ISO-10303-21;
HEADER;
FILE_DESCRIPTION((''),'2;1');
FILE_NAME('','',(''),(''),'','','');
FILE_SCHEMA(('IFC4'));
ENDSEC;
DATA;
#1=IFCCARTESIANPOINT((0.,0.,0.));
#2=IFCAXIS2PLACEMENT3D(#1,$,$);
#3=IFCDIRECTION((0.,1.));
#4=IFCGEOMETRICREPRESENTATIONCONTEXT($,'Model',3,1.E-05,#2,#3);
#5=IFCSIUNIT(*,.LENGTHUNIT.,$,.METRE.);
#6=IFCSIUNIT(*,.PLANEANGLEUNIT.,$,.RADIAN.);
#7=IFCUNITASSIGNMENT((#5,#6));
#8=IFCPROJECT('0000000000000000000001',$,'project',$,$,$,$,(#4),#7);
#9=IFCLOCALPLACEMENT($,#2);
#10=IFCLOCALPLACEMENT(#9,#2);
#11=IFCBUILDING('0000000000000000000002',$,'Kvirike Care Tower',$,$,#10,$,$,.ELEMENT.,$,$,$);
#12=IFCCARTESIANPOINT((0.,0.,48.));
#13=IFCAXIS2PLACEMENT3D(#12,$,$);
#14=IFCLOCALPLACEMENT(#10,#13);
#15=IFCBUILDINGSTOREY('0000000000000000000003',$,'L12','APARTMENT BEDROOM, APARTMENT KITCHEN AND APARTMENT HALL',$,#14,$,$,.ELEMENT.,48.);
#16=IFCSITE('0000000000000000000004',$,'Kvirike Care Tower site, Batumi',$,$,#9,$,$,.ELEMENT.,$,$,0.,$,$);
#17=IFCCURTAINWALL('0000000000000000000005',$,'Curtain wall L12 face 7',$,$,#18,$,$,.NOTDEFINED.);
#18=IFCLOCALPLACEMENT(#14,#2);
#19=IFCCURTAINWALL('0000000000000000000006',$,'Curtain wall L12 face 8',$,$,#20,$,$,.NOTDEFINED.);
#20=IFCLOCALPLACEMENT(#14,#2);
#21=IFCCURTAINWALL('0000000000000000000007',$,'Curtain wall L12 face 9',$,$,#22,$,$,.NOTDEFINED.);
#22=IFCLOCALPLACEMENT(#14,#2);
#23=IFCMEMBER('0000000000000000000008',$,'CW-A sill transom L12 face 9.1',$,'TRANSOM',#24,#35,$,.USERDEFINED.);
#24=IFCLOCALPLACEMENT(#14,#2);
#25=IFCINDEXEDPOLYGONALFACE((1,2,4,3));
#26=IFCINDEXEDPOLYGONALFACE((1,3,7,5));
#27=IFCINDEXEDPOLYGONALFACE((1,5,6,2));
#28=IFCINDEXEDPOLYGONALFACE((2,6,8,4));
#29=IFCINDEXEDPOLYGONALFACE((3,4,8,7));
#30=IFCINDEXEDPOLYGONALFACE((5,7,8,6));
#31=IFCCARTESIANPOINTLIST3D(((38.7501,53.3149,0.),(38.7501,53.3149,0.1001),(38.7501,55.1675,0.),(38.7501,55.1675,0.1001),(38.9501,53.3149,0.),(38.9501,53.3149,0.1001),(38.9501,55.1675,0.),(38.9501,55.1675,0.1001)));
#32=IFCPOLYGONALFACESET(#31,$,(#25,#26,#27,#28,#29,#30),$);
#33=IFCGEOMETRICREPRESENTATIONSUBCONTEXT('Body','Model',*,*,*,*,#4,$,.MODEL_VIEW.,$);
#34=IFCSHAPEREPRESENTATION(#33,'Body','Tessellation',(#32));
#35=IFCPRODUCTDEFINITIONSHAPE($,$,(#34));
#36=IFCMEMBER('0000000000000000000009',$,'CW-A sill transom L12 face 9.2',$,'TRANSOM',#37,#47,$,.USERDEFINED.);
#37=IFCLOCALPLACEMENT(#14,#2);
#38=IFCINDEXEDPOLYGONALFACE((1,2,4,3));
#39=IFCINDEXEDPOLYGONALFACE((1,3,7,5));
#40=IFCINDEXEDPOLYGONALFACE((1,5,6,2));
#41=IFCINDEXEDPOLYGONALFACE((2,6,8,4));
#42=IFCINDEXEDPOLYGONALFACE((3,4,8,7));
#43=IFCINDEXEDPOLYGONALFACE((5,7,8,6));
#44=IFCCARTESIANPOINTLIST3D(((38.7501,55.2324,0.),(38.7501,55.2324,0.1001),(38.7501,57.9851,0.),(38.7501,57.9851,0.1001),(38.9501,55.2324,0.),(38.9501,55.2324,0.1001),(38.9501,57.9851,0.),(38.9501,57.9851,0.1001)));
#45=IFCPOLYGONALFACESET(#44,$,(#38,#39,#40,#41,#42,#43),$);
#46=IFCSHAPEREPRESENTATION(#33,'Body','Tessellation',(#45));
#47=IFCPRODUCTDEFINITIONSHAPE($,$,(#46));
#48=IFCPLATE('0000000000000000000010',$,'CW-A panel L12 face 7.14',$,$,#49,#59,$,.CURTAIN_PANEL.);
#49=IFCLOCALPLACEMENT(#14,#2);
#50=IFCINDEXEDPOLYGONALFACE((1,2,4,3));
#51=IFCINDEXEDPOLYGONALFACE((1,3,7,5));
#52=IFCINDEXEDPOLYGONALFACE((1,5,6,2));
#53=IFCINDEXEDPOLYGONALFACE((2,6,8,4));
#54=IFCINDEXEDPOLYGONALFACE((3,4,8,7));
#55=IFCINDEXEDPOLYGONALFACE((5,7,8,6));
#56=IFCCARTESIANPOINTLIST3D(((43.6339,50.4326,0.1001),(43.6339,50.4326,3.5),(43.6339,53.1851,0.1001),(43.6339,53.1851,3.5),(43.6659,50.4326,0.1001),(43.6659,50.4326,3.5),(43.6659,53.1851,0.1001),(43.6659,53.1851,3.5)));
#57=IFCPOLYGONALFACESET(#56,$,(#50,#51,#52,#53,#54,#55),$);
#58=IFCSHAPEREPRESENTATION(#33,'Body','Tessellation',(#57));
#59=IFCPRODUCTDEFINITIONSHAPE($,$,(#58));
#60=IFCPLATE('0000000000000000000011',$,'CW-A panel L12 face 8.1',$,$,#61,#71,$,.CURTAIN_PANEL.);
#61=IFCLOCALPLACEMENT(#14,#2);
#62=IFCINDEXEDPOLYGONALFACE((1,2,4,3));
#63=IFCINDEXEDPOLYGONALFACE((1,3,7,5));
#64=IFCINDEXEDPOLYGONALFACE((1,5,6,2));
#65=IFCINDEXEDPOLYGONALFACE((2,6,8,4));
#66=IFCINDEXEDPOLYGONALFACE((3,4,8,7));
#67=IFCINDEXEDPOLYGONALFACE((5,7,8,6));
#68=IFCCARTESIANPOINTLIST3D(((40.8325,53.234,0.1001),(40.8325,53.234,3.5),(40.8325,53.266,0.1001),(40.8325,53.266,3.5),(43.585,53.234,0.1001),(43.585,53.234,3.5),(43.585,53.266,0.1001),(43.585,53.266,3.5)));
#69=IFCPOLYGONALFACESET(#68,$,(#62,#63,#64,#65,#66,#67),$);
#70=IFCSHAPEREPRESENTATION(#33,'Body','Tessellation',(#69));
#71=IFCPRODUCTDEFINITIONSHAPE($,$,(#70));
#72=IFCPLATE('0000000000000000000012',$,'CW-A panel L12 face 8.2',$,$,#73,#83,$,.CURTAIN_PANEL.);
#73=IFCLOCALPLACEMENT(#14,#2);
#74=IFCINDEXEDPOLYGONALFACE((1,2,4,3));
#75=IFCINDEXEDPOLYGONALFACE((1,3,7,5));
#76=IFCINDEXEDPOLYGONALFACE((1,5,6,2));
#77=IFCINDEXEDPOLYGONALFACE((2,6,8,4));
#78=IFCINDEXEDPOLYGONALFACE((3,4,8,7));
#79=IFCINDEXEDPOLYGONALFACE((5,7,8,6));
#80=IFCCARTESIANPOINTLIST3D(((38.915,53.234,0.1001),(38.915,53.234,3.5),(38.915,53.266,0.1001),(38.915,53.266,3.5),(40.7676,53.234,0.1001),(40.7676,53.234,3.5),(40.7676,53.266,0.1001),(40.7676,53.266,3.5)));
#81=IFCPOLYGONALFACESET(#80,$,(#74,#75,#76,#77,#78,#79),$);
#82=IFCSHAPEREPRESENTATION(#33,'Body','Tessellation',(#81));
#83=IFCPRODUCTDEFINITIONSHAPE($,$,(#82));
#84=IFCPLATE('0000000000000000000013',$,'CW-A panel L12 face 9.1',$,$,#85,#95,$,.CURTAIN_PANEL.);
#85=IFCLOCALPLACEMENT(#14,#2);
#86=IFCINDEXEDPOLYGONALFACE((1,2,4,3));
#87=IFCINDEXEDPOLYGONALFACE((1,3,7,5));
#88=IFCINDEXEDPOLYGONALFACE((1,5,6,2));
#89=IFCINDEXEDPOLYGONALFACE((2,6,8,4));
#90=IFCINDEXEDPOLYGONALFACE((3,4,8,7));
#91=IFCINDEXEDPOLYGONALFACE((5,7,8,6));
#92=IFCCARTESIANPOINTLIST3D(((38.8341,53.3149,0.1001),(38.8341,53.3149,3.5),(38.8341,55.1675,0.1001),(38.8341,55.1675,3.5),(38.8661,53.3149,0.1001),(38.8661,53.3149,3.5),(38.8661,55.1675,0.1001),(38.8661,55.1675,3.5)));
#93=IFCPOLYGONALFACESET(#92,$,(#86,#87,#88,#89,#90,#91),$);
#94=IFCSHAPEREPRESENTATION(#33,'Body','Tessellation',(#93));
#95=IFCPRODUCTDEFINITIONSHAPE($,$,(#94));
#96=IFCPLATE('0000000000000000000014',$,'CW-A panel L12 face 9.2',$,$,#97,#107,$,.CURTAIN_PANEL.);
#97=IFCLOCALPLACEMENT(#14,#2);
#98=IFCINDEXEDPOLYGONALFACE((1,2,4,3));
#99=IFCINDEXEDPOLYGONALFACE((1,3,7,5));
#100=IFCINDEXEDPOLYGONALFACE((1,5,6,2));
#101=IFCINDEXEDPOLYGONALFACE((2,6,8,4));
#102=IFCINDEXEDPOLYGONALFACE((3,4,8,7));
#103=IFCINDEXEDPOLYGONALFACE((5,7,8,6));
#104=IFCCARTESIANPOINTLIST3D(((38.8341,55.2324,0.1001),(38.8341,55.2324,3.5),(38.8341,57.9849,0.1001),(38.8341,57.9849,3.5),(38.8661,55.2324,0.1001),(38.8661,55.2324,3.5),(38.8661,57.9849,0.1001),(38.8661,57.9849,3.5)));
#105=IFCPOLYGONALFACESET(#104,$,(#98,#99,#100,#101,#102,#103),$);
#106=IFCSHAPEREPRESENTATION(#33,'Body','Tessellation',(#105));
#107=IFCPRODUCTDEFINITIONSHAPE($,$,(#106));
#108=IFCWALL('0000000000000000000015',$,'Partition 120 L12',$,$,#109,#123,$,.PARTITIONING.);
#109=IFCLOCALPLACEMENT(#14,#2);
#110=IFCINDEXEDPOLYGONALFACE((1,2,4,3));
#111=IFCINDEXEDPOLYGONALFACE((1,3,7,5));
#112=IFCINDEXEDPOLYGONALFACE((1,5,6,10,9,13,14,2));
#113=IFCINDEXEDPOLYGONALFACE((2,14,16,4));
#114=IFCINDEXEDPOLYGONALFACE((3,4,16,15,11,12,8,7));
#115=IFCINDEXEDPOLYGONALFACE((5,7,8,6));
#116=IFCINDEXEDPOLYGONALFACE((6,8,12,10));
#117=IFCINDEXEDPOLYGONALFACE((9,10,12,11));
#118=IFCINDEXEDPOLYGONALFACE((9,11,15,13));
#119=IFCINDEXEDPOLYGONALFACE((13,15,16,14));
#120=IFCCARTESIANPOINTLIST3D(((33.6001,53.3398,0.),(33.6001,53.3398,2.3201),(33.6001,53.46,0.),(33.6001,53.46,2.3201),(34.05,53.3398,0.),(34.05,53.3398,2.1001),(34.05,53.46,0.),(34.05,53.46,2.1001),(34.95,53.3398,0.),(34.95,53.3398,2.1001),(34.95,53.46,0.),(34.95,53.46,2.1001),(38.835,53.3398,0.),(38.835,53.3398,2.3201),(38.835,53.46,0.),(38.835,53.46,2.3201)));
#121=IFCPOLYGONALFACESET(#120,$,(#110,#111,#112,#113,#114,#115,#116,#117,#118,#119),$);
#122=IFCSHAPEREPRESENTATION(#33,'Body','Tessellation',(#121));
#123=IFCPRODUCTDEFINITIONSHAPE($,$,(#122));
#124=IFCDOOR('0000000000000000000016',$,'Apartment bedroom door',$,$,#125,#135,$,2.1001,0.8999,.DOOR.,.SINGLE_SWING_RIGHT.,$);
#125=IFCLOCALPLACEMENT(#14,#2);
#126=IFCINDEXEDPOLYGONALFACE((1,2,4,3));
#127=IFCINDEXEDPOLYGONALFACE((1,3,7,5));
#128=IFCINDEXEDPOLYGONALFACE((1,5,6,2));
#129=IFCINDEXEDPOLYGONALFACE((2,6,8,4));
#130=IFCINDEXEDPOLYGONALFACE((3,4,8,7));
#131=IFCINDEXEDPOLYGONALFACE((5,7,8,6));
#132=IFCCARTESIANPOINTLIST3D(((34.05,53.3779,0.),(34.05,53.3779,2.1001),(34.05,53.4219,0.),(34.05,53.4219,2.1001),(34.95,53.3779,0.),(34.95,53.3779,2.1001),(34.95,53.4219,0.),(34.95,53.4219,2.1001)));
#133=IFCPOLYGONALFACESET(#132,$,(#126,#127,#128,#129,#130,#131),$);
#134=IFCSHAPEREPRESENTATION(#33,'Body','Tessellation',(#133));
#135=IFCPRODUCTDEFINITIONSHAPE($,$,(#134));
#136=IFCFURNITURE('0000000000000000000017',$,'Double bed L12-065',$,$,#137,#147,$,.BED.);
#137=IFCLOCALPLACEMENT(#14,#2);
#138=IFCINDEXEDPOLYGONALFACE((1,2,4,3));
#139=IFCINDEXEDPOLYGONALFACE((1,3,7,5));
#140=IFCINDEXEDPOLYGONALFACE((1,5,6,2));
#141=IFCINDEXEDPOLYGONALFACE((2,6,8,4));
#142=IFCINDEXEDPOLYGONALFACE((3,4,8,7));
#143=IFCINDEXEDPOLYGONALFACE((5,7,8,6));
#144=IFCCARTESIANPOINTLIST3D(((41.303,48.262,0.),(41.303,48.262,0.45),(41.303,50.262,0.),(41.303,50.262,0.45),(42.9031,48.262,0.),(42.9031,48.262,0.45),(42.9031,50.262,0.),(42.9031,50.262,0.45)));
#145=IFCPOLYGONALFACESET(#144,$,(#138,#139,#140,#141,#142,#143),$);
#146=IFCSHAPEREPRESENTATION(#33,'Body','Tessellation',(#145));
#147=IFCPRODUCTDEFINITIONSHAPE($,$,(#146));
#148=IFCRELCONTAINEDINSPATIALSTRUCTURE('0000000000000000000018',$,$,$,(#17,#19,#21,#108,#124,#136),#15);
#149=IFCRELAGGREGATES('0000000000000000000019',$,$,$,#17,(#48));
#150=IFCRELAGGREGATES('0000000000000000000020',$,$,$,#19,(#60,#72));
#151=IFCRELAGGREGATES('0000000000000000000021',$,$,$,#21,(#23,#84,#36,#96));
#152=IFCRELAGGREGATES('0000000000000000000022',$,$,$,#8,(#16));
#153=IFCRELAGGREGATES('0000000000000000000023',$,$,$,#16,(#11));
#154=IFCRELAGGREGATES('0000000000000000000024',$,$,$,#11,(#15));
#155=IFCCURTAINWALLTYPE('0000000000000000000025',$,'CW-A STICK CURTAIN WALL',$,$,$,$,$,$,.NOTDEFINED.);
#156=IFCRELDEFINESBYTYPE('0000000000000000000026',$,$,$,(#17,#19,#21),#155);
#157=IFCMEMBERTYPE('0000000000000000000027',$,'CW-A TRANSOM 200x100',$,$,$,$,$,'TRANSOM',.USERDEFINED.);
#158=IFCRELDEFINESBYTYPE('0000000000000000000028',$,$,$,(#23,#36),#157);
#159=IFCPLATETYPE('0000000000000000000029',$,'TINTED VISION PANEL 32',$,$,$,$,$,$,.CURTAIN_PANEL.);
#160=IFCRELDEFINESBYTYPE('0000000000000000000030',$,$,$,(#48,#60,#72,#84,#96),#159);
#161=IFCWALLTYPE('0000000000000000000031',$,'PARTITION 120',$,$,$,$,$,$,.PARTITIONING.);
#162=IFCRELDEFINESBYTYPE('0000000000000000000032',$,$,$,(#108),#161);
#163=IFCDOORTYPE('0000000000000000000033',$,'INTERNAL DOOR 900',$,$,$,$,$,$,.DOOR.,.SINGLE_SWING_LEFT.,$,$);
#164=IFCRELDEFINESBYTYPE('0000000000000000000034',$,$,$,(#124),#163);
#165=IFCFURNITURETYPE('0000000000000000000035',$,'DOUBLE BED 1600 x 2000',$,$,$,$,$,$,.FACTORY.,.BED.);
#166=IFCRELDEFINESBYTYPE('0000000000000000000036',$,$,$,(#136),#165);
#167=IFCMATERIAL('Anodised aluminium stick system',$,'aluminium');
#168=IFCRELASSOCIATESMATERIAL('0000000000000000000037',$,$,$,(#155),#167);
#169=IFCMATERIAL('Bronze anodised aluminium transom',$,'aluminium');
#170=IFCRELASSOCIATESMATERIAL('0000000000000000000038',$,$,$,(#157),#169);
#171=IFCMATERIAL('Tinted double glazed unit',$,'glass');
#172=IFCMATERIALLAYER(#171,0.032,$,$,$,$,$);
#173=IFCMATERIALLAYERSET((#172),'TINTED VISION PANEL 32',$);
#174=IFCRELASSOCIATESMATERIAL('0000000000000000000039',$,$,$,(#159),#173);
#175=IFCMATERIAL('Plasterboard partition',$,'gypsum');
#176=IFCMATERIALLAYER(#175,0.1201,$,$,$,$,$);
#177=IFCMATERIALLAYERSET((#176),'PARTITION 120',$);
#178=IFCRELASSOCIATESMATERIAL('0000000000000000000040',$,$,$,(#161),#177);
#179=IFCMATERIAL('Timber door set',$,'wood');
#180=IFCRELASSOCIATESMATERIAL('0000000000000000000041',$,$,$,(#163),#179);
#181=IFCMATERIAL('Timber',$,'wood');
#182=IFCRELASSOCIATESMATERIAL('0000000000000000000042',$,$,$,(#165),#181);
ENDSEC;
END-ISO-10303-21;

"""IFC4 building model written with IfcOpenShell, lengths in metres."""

from ifc_helpers import new_model, si_unit, direction, frame, frame_2d, origin, origin_2d, place, context, subcontext, project, spatial, rectangle, extrude, material, layer, layer_set, material_profile, profile_set, type_object, element, fill, aggregate, save


model = new_model("IFC4")

# Units and contexts
model_context = context("Model", 3, precision=1e-05, world=origin(), true_north=direction((0.0, 1.0)))
body_context = subcontext(model_context, "Body", "Model", "MODEL_VIEW")
ifc_project = project(units=[si_unit("LENGTHUNIT", "METRE"), si_unit("PLANEANGLEUNIT", "RADIAN")], contexts=[model_context])

# Site, building, storey
site_placement = place(None, origin())
site = spatial("IfcSite", under=ifc_project, at=site_placement, Name="Kvirike Care Tower site, Batumi", CompositionType="ELEMENT", RefElevation=0.0)
building_placement = place(site_placement, origin())
building = spatial("IfcBuilding", under=site, at=building_placement, Name="Kvirike Care Tower", CompositionType="ELEMENT")
storey_placement = place(building_placement, frame((0.0, 0.0, 48.0)))
storey = spatial("IfcBuildingStorey", under=building, at=storey_placement, Name="L12", Description="APARTMENT BEDROOM, APARTMENT KITCHEN AND APARTMENT HALL", CompositionType="ELEMENT", Elevation=48.0)

# Curtain walls
ifc_material_1 = material(Name="Anodised aluminium stick system", Category="aluminium")
curtain_wall_type = type_object("IfcCurtainWallType", Name="CW-A STICK CURTAIN WALL", PredefinedType="NOTDEFINED", material=ifc_material_1)
curtain_wall_1_placement = place(storey_placement, origin())
curtain_wall_1 = element("IfcCurtainWall", 1, at=curtain_wall_1_placement, inside=storey, type_object=curtain_wall_type, Name="Curtain wall L12 face 7", PredefinedType="NOTDEFINED")
curtain_wall_2_placement = place(storey_placement, origin())
curtain_wall_2 = element("IfcCurtainWall", 2, at=curtain_wall_2_placement, inside=storey, type_object=curtain_wall_type, Name="Curtain wall L12 face 8", PredefinedType="NOTDEFINED")
curtain_wall_3_placement = place(storey_placement, origin())
curtain_wall_3 = element("IfcCurtainWall", 3, at=curtain_wall_3_placement, inside=storey, type_object=curtain_wall_type, Name="Curtain wall L12 face 9", PredefinedType="NOTDEFINED")

# Members
ifc_material_2 = material(Name="Bronze anodised aluminium transom", Category="aluminium")
ifc_material_profile_1 = material_profile(ifc_material_2, rectangle(XDim=0.2, YDim=0.1001, at=origin_2d()), Name="CW-A TRANSOM 200x100")
ifc_profile_set_1 = profile_set([ifc_material_profile_1], Name="Bronze anodised aluminium transom")
member_type_1 = type_object("IfcMemberType", Name="CW-A TRANSOM 200x100", ElementType="TRANSOM", PredefinedType="USERDEFINED", material=ifc_profile_set_1)
member_1_placement = place(storey_placement, frame((38.8501, 53.3149, 0.05), z_axis=(0.0, 1.0, 0.0), x_axis=(-1.0, 0.0, 0.0)))
member_1 = element("IfcMember", 4, at=member_1_placement, type_object=member_type_1, Name="CW-A sill transom L12 face 9.1", ObjectType="TRANSOM", PredefinedType="USERDEFINED", context=body_context, shape_type="SweptSolid", body=[
    extrude(rectangle(XDim=0.2, YDim=0.1001, at=origin_2d()), origin(), (0.0, 0.0, 1.0), 1.8525),
])
member_2_placement = place(storey_placement, frame((38.8501, 55.2324, 0.05), z_axis=(0.0, 1.0, 0.0), x_axis=(-1.0, 0.0, 0.0)))
member_2 = element("IfcMember", 5, at=member_2_placement, type_object=member_type_1, Name="CW-A sill transom L12 face 9.2", ObjectType="TRANSOM", PredefinedType="USERDEFINED", context=body_context, shape_type="SweptSolid", body=[
    extrude(rectangle(XDim=0.2, YDim=0.1001, at=origin_2d()), origin(), (0.0, 0.0, 1.0), 2.7527),
])

# Plates
ifc_material_3 = material(Name="Tinted double glazed unit", Category="glass")
ifc_layer_1 = layer(ifc_material_3, 0.032)
ifc_layer_set_1 = layer_set([ifc_layer_1], Name="TINTED VISION PANEL 32")
plate_type = type_object("IfcPlateType", Name="TINTED VISION PANEL 32", PredefinedType="CURTAIN_PANEL", material=ifc_layer_set_1)
plate_1_placement = place(storey_placement, frame((43.6499, 51.8088, 0.1001), z_axis=(0.0, 0.0, 1.0), x_axis=(0.0, 1.0, 0.0)))
plate_1 = element("IfcPlate", 6, at=plate_1_placement, type_object=plate_type, Name="CW-A panel L12 face 7.14", PredefinedType="CURTAIN_PANEL", context=body_context, shape_type="SweptSolid", body=[
    extrude(rectangle(XDim=2.7524, YDim=0.032, at=origin_2d()), origin(), (0.0, 0.0, 1.0), 3.3999),
])
aggregate(curtain_wall_1, [plate_1])
plate_2_placement = place(storey_placement, frame((42.2087, 53.25, 0.1001), z_axis=(0.0, 0.0, 1.0), x_axis=(-1.0, 0.0, 0.0)))
plate_2 = element("IfcPlate", 7, at=plate_2_placement, type_object=plate_type, Name="CW-A panel L12 face 8.1", PredefinedType="CURTAIN_PANEL", context=body_context, shape_type="SweptSolid", body=[
    extrude(rectangle(XDim=2.7524, YDim=0.032, at=origin_2d()), origin(), (0.0, 0.0, 1.0), 3.3999),
])
plate_3_placement = place(storey_placement, frame((39.8413, 53.25, 0.1001), z_axis=(0.0, 0.0, 1.0), x_axis=(-1.0, 0.0, 0.0)))
plate_3 = element("IfcPlate", 8, at=plate_3_placement, type_object=plate_type, Name="CW-A panel L12 face 8.2", PredefinedType="CURTAIN_PANEL", context=body_context, shape_type="SweptSolid", body=[
    extrude(rectangle(XDim=1.8525, YDim=0.032, at=origin_2d()), origin(), (0.0, 0.0, 1.0), 3.3999),
])
aggregate(curtain_wall_2, [plate_2, plate_3])
plate_4_placement = place(storey_placement, frame((38.8501, 54.2412, 0.1001), z_axis=(0.0, 0.0, 1.0), x_axis=(0.0, 1.0, 0.0)))
plate_4 = element("IfcPlate", 9, at=plate_4_placement, type_object=plate_type, Name="CW-A panel L12 face 9.1", PredefinedType="CURTAIN_PANEL", context=body_context, shape_type="SweptSolid", body=[
    extrude(rectangle(XDim=1.8525, YDim=0.032, at=origin_2d()), origin(), (0.0, 0.0, 1.0), 3.3999),
])
plate_5_placement = place(storey_placement, frame((38.8501, 56.6086, 0.1001), z_axis=(0.0, 0.0, 1.0), x_axis=(0.0, 1.0, 0.0)))
plate_5 = element("IfcPlate", 10, at=plate_5_placement, type_object=plate_type, Name="CW-A panel L12 face 9.2", PredefinedType="CURTAIN_PANEL", context=body_context, shape_type="SweptSolid", body=[
    extrude(rectangle(XDim=2.7524, YDim=0.032, at=origin_2d()), origin(), (0.0, 0.0, 1.0), 3.3999),
])
aggregate(curtain_wall_3, [member_1, plate_4, member_2, plate_5])

# Wall, opening, door
ifc_material_4 = material(Name="Plasterboard partition", Category="gypsum")
ifc_layer_2 = layer(ifc_material_4, 0.1201)
ifc_layer_set_2 = layer_set([ifc_layer_2], Name="PARTITION 120")
wall_type = type_object("IfcWallType", Name="PARTITION 120", PredefinedType="PARTITIONING", material=ifc_layer_set_2)
wall_placement = place(storey_placement, frame((38.835, 53.3999, 0.0), z_axis=(0.0, 0.0, 1.0), x_axis=(-1.0, 0.0, 0.0)))
wall = element("IfcWall", 11, at=wall_placement, inside=storey, type_object=wall_type, Name="Partition 120 L12", PredefinedType="PARTITIONING", context=body_context, shape_type="SweptSolid", body=[
    extrude(rectangle(XDim=5.2349, YDim=0.1201, at=frame_2d((2.6174, 0.0))), origin(), (0.0, 0.0, 1.0), 2.3201),
])
opening_placement = place(wall_placement, frame((3.885, 0.0, 0.0)))
opening = element("IfcOpeningElement", 12, at=opening_placement, cuts=wall, PredefinedType="OPENING", context=body_context, shape_type="SweptSolid", body=[
    extrude(rectangle(XDim=0.8999, YDim=2.1001, at=frame_2d((0.45, 1.05))), frame((0.0, 0.0706, 0.0), z_axis=(0.0, -1.0, 0.0), x_axis=(1.0, 0.0, 0.0)), (0.0, 0.0, 1.0), 0.1411),
])
ifc_material_5 = material(Name="Timber door set", Category="wood")
door_type = type_object("IfcDoorType", Name="INTERNAL DOOR 900", OperationType="SINGLE_SWING_LEFT", PredefinedType="DOOR", material=ifc_material_5)
door_placement = place(opening_placement, frame((0.8999, 0.0, 0.0), z_axis=(0.0, 0.0, 1.0), x_axis=(-1.0, 0.0, 0.0)))
door = element("IfcDoor", 13, at=door_placement, inside=storey, type_object=door_type, Name="Apartment bedroom door", OperationType="SINGLE_SWING_RIGHT", OverallHeight=2.1001, OverallWidth=0.8999, PredefinedType="DOOR", context=body_context, shape_type="SweptSolid", body=[
    extrude(rectangle(XDim=0.8999, YDim=2.1001, at=frame_2d((0.45, 1.05))), frame((0.0, 0.022, 0.0), z_axis=(0.0, -1.0, 0.0), x_axis=(1.0, 0.0, 0.0)), (0.0, 0.0, 1.0), 0.0439),
])
fill(opening, door)

# Furniture
ifc_material_6 = material(Name="Timber", Category="wood")
furniture_type = type_object("IfcFurnitureType", Name="DOUBLE BED 1600 x 2000", AssemblyPlace="FACTORY", PredefinedType="BED", material=ifc_material_6)
furniture_placement = place(storey_placement, frame((42.103, 49.262, 0.0), z_axis=(0.0, 0.0, 1.0), x_axis=(-1.0, 0.0, 0.0)))
element("IfcFurniture", 14, at=furniture_placement, inside=storey, type_object=furniture_type, Name="Double bed L12-065", PredefinedType="BED", context=body_context, shape_type="SweptSolid", body=[
    extrude(rectangle(XDim=1.6001, YDim=2.0, at=origin_2d()), origin(), (0.0, 0.0, 1.0), 0.45),
])

save(model, "model.ifc")
